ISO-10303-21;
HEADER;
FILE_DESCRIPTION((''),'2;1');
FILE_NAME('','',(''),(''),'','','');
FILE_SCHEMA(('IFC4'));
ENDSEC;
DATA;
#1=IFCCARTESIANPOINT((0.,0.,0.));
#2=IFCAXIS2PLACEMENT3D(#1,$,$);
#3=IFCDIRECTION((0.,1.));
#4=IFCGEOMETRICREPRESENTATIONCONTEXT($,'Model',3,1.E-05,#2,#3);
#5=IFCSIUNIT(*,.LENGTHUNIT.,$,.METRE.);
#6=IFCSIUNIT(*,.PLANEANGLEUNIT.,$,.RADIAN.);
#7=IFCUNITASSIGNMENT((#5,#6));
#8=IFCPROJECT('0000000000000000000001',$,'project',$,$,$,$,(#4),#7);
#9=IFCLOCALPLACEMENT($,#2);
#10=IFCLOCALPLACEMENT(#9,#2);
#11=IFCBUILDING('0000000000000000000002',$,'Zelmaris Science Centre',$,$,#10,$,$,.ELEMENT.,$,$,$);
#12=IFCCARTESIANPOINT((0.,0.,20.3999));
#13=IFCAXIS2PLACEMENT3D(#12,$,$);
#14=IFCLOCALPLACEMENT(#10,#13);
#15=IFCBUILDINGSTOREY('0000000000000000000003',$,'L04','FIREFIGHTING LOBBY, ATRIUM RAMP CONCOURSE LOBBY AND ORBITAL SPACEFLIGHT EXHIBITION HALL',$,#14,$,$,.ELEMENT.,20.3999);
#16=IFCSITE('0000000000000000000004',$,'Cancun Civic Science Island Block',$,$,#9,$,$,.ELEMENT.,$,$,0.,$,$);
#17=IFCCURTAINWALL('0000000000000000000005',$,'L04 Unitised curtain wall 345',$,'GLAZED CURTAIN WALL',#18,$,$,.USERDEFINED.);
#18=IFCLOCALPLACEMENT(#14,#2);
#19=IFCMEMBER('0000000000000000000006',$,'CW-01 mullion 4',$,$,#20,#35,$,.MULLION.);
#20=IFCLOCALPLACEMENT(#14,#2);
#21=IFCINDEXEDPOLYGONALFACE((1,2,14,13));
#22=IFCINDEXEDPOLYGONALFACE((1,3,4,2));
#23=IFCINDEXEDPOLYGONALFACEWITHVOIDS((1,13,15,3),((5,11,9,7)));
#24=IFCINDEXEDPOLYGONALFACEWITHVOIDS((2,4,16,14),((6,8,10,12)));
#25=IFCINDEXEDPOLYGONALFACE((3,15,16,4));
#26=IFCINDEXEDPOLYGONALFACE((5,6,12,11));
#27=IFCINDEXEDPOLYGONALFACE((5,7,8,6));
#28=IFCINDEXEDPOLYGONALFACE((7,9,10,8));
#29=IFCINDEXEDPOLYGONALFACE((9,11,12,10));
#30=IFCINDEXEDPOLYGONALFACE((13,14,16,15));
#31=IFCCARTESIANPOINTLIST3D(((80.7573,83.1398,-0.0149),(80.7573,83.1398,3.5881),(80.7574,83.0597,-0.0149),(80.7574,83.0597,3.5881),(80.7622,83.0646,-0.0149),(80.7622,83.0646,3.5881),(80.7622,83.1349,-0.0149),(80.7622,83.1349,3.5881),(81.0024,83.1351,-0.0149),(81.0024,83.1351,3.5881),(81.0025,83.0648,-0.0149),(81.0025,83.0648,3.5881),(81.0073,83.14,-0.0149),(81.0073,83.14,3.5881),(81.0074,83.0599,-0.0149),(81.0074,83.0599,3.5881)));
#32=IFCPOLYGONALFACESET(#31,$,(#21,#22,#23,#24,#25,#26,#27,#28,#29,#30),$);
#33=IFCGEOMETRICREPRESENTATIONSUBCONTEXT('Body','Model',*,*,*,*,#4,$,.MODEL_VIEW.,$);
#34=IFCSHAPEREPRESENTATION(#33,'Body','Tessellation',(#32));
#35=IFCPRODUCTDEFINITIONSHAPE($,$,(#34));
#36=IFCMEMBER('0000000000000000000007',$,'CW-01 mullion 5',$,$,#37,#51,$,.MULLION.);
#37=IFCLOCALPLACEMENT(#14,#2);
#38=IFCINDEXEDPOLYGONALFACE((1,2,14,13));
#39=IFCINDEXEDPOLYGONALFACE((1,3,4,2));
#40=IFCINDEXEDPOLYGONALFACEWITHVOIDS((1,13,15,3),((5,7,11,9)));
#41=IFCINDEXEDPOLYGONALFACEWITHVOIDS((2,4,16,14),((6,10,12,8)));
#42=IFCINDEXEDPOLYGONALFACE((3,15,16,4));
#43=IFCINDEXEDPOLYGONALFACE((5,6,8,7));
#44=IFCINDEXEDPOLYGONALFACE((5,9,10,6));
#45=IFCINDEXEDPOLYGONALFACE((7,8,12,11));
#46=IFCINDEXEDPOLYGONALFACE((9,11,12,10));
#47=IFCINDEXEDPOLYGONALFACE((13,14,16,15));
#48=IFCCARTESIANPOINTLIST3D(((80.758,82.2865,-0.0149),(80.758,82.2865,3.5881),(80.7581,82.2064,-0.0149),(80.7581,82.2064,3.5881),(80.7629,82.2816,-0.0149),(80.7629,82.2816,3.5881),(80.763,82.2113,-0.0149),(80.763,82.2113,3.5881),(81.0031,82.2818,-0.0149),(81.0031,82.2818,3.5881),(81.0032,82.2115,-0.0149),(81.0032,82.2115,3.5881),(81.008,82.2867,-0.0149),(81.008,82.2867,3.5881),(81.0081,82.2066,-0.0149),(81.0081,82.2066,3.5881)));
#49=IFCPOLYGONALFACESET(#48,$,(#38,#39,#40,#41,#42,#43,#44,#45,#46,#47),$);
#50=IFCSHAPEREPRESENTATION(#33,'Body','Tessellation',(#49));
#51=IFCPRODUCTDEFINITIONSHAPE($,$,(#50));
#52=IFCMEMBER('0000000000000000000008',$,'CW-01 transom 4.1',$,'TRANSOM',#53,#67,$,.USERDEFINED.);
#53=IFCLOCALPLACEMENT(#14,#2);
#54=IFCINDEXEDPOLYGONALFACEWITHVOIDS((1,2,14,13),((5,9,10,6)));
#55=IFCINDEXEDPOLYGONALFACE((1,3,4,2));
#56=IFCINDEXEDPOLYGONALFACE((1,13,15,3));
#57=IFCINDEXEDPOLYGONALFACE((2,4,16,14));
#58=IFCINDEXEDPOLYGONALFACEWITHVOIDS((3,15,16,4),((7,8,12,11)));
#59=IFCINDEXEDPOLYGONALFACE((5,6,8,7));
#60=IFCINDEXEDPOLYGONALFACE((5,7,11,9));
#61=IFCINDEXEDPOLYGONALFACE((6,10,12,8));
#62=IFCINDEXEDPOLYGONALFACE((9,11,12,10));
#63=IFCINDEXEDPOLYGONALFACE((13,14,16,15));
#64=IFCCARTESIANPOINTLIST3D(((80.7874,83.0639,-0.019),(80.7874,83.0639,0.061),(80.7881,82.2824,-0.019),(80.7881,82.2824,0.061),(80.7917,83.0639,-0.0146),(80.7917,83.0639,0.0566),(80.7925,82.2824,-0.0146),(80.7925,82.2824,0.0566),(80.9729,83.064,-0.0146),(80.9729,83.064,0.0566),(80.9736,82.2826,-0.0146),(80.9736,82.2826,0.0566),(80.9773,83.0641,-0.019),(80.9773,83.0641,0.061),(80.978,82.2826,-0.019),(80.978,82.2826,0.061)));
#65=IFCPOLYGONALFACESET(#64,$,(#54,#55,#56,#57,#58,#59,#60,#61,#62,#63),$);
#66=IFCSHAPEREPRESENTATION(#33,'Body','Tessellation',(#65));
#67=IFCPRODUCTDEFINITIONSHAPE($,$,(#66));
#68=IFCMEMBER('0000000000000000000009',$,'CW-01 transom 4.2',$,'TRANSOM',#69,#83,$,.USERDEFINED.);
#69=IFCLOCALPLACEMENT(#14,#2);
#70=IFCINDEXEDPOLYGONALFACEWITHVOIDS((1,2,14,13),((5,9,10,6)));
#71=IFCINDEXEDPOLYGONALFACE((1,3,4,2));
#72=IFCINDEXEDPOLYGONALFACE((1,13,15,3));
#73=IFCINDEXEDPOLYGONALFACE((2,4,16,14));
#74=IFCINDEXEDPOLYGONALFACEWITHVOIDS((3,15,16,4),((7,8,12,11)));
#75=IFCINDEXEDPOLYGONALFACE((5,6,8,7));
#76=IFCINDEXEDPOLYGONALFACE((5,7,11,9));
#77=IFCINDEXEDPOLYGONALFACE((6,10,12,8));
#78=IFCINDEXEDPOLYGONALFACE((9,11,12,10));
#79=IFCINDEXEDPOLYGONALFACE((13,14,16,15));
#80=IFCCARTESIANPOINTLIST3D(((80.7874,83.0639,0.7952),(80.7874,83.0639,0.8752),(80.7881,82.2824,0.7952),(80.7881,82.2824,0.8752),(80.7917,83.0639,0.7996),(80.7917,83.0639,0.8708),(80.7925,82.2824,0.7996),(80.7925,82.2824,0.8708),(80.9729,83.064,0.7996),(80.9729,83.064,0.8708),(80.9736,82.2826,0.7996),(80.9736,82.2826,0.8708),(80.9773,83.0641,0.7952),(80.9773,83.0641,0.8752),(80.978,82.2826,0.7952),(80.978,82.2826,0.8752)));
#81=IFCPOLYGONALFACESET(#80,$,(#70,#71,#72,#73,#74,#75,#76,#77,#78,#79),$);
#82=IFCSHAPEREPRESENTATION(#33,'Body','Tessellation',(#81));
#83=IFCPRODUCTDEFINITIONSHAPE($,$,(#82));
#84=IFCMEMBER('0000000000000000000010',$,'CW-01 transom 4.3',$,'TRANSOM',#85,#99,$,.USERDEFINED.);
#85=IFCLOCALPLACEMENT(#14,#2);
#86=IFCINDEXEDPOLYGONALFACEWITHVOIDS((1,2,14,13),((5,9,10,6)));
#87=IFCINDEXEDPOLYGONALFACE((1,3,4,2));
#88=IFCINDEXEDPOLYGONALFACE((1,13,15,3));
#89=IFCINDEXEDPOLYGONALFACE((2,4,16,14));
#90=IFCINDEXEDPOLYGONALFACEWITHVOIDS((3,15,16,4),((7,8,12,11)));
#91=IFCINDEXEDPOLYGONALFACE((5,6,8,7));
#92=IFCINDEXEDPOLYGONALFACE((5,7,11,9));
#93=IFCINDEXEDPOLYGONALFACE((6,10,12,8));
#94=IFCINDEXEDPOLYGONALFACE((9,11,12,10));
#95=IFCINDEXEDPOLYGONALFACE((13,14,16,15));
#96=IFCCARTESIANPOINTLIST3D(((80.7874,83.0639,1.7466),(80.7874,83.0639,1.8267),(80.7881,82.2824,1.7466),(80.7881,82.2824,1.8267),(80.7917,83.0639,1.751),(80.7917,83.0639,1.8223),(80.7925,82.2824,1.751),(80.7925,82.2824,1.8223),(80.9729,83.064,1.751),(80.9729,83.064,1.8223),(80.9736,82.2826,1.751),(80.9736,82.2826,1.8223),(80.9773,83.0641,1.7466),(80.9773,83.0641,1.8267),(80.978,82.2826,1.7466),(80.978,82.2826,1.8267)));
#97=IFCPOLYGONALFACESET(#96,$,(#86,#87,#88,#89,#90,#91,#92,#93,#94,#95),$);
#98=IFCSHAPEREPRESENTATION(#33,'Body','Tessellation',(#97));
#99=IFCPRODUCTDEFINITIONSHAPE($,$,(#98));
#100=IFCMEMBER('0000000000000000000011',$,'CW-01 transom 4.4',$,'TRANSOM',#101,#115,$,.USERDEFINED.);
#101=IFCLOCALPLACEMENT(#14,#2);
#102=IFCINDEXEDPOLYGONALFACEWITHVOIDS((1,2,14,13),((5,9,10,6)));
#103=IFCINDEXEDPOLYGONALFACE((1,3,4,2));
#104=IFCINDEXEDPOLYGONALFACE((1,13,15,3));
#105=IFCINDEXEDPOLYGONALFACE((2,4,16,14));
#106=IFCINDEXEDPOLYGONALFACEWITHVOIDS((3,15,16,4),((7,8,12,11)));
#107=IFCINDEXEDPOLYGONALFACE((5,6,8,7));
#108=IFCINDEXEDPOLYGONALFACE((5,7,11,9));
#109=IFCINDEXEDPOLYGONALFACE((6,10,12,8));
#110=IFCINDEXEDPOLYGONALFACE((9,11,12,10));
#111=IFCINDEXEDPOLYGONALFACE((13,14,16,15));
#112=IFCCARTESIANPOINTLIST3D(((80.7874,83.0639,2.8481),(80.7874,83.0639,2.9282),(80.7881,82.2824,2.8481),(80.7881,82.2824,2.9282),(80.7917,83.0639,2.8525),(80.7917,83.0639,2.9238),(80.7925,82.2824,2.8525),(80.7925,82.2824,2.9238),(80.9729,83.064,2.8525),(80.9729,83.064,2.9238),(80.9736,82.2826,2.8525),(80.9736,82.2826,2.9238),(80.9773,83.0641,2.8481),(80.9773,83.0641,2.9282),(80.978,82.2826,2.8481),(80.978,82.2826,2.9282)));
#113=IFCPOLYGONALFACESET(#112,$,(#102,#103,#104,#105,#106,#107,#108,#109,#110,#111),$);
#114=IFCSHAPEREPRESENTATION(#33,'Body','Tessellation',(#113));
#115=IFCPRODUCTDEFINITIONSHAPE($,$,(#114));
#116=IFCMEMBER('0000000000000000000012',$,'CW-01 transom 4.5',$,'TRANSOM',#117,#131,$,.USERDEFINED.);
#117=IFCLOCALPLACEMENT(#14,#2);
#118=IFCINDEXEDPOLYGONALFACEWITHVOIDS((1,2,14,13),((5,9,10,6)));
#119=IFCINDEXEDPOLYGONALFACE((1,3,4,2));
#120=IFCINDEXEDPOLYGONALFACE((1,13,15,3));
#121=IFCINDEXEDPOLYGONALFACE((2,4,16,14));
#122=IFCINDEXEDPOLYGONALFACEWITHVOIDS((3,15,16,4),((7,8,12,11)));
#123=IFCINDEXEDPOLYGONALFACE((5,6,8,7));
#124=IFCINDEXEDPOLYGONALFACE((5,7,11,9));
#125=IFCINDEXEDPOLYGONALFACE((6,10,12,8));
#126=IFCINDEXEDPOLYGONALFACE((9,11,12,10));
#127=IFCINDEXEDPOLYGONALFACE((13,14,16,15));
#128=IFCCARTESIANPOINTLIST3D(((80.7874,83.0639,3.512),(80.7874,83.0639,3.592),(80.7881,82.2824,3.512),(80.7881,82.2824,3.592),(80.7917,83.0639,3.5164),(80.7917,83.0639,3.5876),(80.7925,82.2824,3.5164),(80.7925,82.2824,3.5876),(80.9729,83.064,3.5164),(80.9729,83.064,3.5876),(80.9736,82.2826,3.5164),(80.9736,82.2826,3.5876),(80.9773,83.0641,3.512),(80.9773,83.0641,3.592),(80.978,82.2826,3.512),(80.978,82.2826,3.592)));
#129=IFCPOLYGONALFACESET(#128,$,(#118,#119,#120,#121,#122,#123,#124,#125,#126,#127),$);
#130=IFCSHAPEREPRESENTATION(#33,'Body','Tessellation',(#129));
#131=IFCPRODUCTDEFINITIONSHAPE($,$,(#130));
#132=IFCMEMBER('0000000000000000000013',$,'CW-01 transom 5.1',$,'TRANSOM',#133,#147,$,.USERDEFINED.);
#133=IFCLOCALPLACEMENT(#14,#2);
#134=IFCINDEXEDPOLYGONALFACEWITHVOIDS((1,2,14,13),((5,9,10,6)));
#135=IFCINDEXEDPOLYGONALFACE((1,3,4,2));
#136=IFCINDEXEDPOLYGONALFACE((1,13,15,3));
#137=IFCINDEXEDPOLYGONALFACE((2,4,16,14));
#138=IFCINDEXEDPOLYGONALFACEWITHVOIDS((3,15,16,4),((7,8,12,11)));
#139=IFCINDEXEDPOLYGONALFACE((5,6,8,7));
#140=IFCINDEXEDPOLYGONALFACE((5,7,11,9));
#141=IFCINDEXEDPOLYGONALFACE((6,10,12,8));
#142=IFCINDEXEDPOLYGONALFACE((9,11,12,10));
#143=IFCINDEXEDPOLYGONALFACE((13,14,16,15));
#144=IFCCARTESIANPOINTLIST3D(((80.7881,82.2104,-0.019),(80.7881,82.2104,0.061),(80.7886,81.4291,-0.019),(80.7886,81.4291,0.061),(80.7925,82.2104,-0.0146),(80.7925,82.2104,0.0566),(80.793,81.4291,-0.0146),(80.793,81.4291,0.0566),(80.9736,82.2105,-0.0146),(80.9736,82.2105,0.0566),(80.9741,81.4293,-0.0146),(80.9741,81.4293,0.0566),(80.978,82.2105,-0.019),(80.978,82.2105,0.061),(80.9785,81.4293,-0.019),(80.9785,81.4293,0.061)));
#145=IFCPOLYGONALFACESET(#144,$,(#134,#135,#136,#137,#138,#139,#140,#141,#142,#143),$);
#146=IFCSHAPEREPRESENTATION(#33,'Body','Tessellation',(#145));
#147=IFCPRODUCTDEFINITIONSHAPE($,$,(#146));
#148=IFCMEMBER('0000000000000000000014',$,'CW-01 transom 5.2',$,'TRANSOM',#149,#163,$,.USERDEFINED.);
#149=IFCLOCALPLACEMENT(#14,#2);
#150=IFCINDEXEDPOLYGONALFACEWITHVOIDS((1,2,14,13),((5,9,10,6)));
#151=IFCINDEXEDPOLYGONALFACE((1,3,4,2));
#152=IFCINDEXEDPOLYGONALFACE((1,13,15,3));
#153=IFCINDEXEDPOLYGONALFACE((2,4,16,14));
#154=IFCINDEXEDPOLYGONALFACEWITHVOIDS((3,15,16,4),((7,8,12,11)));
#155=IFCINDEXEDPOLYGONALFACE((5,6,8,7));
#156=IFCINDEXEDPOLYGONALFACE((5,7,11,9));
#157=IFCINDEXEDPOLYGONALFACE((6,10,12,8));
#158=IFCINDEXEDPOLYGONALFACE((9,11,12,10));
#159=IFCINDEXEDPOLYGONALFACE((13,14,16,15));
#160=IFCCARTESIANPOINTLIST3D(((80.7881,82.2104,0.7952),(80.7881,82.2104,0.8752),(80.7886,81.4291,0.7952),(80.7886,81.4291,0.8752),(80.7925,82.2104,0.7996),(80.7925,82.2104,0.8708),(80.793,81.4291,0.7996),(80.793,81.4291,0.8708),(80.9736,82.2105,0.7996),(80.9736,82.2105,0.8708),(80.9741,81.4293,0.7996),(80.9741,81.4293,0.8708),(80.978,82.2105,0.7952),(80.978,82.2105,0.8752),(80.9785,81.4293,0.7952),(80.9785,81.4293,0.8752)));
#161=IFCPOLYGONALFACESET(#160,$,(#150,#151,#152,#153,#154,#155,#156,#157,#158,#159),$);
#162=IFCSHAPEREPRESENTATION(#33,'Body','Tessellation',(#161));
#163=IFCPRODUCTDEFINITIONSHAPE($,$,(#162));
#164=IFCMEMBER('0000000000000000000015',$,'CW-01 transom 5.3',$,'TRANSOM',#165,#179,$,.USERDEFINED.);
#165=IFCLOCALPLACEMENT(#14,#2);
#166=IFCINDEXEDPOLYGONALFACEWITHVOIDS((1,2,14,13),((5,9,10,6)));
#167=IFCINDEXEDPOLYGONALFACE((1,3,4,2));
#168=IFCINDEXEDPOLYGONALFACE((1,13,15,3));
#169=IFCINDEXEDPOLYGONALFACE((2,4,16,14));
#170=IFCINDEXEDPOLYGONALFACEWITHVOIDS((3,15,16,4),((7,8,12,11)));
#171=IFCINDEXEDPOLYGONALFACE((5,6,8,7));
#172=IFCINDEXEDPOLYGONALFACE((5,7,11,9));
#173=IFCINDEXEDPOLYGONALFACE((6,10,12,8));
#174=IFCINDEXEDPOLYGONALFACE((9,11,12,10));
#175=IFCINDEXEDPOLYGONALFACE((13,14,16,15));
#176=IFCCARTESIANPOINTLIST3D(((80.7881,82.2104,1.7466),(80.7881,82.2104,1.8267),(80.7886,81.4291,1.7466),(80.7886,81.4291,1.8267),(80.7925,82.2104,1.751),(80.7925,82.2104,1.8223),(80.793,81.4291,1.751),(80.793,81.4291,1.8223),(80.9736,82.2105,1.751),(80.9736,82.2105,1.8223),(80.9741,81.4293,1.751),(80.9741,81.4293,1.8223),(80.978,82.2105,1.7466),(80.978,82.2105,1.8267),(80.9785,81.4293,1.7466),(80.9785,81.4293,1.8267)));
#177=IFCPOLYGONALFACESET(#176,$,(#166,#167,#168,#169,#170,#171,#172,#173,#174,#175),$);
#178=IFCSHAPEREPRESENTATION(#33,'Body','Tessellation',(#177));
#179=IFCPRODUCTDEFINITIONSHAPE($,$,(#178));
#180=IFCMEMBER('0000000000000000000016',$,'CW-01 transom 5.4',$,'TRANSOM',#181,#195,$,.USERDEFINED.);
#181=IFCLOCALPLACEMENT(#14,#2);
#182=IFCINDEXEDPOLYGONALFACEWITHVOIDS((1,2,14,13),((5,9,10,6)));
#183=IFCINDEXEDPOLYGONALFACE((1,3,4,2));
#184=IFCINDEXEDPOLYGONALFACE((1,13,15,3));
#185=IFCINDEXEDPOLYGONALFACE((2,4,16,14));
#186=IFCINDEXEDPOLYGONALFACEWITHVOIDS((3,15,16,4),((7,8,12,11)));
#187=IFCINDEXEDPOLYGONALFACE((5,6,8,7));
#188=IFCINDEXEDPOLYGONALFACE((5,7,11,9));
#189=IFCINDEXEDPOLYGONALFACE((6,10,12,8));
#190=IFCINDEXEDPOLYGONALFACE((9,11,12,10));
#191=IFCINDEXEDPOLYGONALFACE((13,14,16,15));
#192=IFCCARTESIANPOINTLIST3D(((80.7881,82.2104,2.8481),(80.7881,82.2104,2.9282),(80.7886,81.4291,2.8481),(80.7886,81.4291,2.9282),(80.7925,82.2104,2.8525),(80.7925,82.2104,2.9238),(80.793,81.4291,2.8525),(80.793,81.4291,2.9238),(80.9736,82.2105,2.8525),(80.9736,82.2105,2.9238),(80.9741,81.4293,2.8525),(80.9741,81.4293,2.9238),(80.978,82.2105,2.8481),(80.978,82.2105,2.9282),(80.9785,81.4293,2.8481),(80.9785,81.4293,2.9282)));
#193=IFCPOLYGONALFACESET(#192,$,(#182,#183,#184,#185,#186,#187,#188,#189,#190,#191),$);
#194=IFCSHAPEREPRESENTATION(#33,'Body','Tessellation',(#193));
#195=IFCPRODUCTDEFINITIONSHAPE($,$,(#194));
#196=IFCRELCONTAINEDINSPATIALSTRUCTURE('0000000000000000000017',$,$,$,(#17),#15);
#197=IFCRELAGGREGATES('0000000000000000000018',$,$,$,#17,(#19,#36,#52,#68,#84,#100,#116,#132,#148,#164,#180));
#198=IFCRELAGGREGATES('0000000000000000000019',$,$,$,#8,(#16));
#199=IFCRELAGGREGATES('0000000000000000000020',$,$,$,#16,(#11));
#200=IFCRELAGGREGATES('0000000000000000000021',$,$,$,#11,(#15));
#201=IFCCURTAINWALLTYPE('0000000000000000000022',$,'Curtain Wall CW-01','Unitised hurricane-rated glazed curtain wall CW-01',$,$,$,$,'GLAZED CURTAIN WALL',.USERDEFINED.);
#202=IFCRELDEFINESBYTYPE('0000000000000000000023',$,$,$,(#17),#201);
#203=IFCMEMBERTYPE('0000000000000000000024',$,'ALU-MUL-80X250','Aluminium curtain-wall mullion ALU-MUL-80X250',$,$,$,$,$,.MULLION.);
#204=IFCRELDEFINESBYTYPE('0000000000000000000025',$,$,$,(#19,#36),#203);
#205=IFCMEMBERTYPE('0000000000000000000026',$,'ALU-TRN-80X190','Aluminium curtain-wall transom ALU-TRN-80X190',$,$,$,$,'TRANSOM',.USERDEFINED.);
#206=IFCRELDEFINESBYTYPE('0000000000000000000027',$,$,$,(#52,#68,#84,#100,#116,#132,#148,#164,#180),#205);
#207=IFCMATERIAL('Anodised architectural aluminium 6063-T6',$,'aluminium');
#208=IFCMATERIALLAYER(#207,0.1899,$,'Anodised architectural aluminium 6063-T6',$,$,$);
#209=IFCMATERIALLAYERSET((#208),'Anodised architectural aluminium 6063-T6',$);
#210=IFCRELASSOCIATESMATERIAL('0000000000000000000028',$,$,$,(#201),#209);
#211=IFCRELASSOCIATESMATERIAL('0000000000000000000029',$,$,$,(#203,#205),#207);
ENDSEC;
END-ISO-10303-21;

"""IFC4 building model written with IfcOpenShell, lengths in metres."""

from ifc_helpers import new_model, si_unit, direction, frame, origin, origin_2d, place, context, subcontext, project, spatial, hollow_rectangle, extrude, material, layer, layer_set, material_profile, profile_set, type_object, element, aggregate, save


model = new_model("IFC4")

# Units and contexts
model_context = context("Model", 3, precision=1e-05, world=origin(), true_north=direction((0.0, 1.0)))
body_context = subcontext(model_context, "Body", "Model", "MODEL_VIEW")
ifc_project = project(units=[si_unit("LENGTHUNIT", "METRE"), si_unit("PLANEANGLEUNIT", "RADIAN")], contexts=[model_context])

# Site, building, storey
site_placement = place(None, origin())
site = spatial("IfcSite", under=ifc_project, at=site_placement, Name="Cancun Civic Science Island Block", CompositionType="ELEMENT", RefElevation=0.0)
building_placement = place(site_placement, origin())
building = spatial("IfcBuilding", under=site, at=building_placement, Name="Zelmaris Science Centre", CompositionType="ELEMENT")
storey_placement = place(building_placement, frame((0.0, 0.0, 20.3999)))
storey = spatial("IfcBuildingStorey", under=building, at=storey_placement, Name="L04", Description="FIREFIGHTING LOBBY, ATRIUM RAMP CONCOURSE LOBBY AND ORBITAL SPACEFLIGHT EXHIBITION HALL", CompositionType="ELEMENT", Elevation=20.3999)

# Curtain wall, members
ifc_material_1 = material(Name="Anodised architectural aluminium 6063-T6", Category="aluminium")
ifc_layer_1 = layer(ifc_material_1, 0.1899, Name="Anodised architectural aluminium 6063-T6")
ifc_layer_set_1 = layer_set([ifc_layer_1], Name="Anodised architectural aluminium 6063-T6")
curtain_wall_type = type_object("IfcCurtainWallType", Name="Curtain Wall CW-01", Description="Unitised hurricane-rated glazed curtain wall CW-01", ElementType="GLAZED CURTAIN WALL", PredefinedType="USERDEFINED", material=ifc_layer_set_1)
curtain_wall_placement = place(storey_placement, origin())
curtain_wall = element("IfcCurtainWall", 1, at=curtain_wall_placement, inside=storey, type_object=curtain_wall_type, Name="L04 Unitised curtain wall 345", ObjectType="GLAZED CURTAIN WALL", PredefinedType="USERDEFINED")
ifc_material_profile_1 = material_profile(ifc_material_1, hollow_rectangle(XDim=0.0801, YDim=0.25, WallThickness=0.0049, at=origin_2d()), Name="ALU-MUL-80X250")
ifc_profile_set_1 = profile_set([ifc_material_profile_1], Name="Anodised architectural aluminium 6063-T6")
member_type_1 = type_object("IfcMemberType", Name="ALU-MUL-80X250", Description="Aluminium curtain-wall mullion ALU-MUL-80X250", PredefinedType="MULLION", material=ifc_profile_set_1)
member_1_placement = place(storey_placement, frame((80.8823, 83.0999, -0.0149), z_axis=(0.0, 0.0, 1.0), x_axis=(0.000771, -1.0, 0.0)))
member_1 = element("IfcMember", 2, at=member_1_placement, type_object=member_type_1, Name="CW-01 mullion 4", PredefinedType="MULLION", context=body_context, shape_type="SweptSolid", body=[
    extrude(hollow_rectangle(XDim=0.0801, YDim=0.25, WallThickness=0.0049, at=origin_2d()), origin(), (0.0, 0.0, 1.0), 3.603),
])
member_2_placement = place(storey_placement, frame((80.8831, 82.2466, -0.0149), z_axis=(0.0, 0.0, 1.0), x_axis=(0.000771, -1.0, 0.0)))
member_2 = element("IfcMember", 3, at=member_2_placement, type_object=member_type_1, Name="CW-01 mullion 5", PredefinedType="MULLION", context=body_context, shape_type="SweptSolid", body=[
    extrude(hollow_rectangle(XDim=0.0801, YDim=0.25, WallThickness=0.0049, at=origin_2d()), origin(), (0.0, 0.0, 1.0), 3.603),
])
ifc_material_profile_2 = material_profile(ifc_material_1, hollow_rectangle(XDim=0.0801, YDim=0.1899, WallThickness=0.0044, at=origin_2d()), Name="ALU-TRN-80X190")
ifc_profile_set_2 = profile_set([ifc_material_profile_2], Name="Anodised architectural aluminium 6063-T6")
member_type_2 = type_object("IfcMemberType", Name="ALU-TRN-80X190", Description="Aluminium curtain-wall transom ALU-TRN-80X190", ElementType="TRANSOM", PredefinedType="USERDEFINED", material=ifc_profile_set_2)
member_3_placement = place(storey_placement, frame((80.8823, 83.064, 0.021), z_axis=(0.000937, -1.0, 0.0), x_axis=(0.0, 0.0, 1.0)))
member_3 = element("IfcMember", 4, at=member_3_placement, type_object=member_type_2, Name="CW-01 transom 4.1", ObjectType="TRANSOM", PredefinedType="USERDEFINED", context=body_context, shape_type="SweptSolid", body=[
    extrude(hollow_rectangle(XDim=0.0801, YDim=0.1899, WallThickness=0.0044, at=origin_2d()), origin(), (0.0, 0.0, 1.0), 0.7815),
])
member_4_placement = place(storey_placement, frame((80.8823, 83.064, 0.8352), z_axis=(0.000937, -1.0, 0.0), x_axis=(0.0, 0.0, 1.0)))
member_4 = element("IfcMember", 5, at=member_4_placement, type_object=member_type_2, Name="CW-01 transom 4.2", ObjectType="TRANSOM", PredefinedType="USERDEFINED", context=body_context, shape_type="SweptSolid", body=[
    extrude(hollow_rectangle(XDim=0.0801, YDim=0.1899, WallThickness=0.0044, at=origin_2d()), origin(), (0.0, 0.0, 1.0), 0.7815),
])
member_5_placement = place(storey_placement, frame((80.8823, 83.064, 1.7866), z_axis=(0.000937, -1.0, 0.0), x_axis=(0.0, 0.0, 1.0)))
member_5 = element("IfcMember", 6, at=member_5_placement, type_object=member_type_2, Name="CW-01 transom 4.3", ObjectType="TRANSOM", PredefinedType="USERDEFINED", context=body_context, shape_type="SweptSolid", body=[
    extrude(hollow_rectangle(XDim=0.0801, YDim=0.1899, WallThickness=0.0044, at=origin_2d()), origin(), (0.0, 0.0, 1.0), 0.7815),
])
member_6_placement = place(storey_placement, frame((80.8823, 83.064, 2.8882), z_axis=(0.000937, -1.0, 0.0), x_axis=(0.0, 0.0, 1.0)))
member_6 = element("IfcMember", 7, at=member_6_placement, type_object=member_type_2, Name="CW-01 transom 4.4", ObjectType="TRANSOM", PredefinedType="USERDEFINED", context=body_context, shape_type="SweptSolid", body=[
    extrude(hollow_rectangle(XDim=0.0801, YDim=0.1899, WallThickness=0.0044, at=origin_2d()), origin(), (0.0, 0.0, 1.0), 0.7815),
])
member_7_placement = place(storey_placement, frame((80.8823, 83.064, 3.552), z_axis=(0.000937, -1.0, 0.0), x_axis=(0.0, 0.0, 1.0)))
member_7 = element("IfcMember", 8, at=member_7_placement, type_object=member_type_2, Name="CW-01 transom 4.5", ObjectType="TRANSOM", PredefinedType="USERDEFINED", context=body_context, shape_type="SweptSolid", body=[
    extrude(hollow_rectangle(XDim=0.0801, YDim=0.1899, WallThickness=0.0044, at=origin_2d()), origin(), (0.0, 0.0, 1.0), 0.7815),
])
member_8_placement = place(storey_placement, frame((80.8831, 82.2104, 0.021), z_axis=(0.000625, -1.0, 0.0), x_axis=(0.0, 0.0, 1.0)))
member_8 = element("IfcMember", 9, at=member_8_placement, type_object=member_type_2, Name="CW-01 transom 5.1", ObjectType="TRANSOM", PredefinedType="USERDEFINED", context=body_context, shape_type="SweptSolid", body=[
    extrude(hollow_rectangle(XDim=0.0801, YDim=0.1899, WallThickness=0.0044, at=origin_2d()), origin(), (0.0, 0.0, 1.0), 0.7812),
])
member_9_placement = place(storey_placement, frame((80.8831, 82.2104, 0.8352), z_axis=(0.000625, -1.0, 0.0), x_axis=(0.0, 0.0, 1.0)))
member_9 = element("IfcMember", 10, at=member_9_placement, type_object=member_type_2, Name="CW-01 transom 5.2", ObjectType="TRANSOM", PredefinedType="USERDEFINED", context=body_context, shape_type="SweptSolid", body=[
    extrude(hollow_rectangle(XDim=0.0801, YDim=0.1899, WallThickness=0.0044, at=origin_2d()), origin(), (0.0, 0.0, 1.0), 0.7812),
])
member_10_placement = place(storey_placement, frame((80.8831, 82.2104, 1.7866), z_axis=(0.000625, -1.0, 0.0), x_axis=(0.0, 0.0, 1.0)))
member_10 = element("IfcMember", 11, at=member_10_placement, type_object=member_type_2, Name="CW-01 transom 5.3", ObjectType="TRANSOM", PredefinedType="USERDEFINED", context=body_context, shape_type="SweptSolid", body=[
    extrude(hollow_rectangle(XDim=0.0801, YDim=0.1899, WallThickness=0.0044, at=origin_2d()), origin(), (0.0, 0.0, 1.0), 0.7812),
])
member_11_placement = place(storey_placement, frame((80.8831, 82.2104, 2.8882), z_axis=(0.000625, -1.0, 0.0), x_axis=(0.0, 0.0, 1.0)))
member_11 = element("IfcMember", 12, at=member_11_placement, type_object=member_type_2, Name="CW-01 transom 5.4", ObjectType="TRANSOM", PredefinedType="USERDEFINED", context=body_context, shape_type="SweptSolid", body=[
    extrude(hollow_rectangle(XDim=0.0801, YDim=0.1899, WallThickness=0.0044, at=origin_2d()), origin(), (0.0, 0.0, 1.0), 0.7812),
])
aggregate(curtain_wall, [member_1, member_2, member_3, member_4, member_5, member_6, member_7, member_8, member_9, member_10, member_11])

save(model, "model.ifc")
